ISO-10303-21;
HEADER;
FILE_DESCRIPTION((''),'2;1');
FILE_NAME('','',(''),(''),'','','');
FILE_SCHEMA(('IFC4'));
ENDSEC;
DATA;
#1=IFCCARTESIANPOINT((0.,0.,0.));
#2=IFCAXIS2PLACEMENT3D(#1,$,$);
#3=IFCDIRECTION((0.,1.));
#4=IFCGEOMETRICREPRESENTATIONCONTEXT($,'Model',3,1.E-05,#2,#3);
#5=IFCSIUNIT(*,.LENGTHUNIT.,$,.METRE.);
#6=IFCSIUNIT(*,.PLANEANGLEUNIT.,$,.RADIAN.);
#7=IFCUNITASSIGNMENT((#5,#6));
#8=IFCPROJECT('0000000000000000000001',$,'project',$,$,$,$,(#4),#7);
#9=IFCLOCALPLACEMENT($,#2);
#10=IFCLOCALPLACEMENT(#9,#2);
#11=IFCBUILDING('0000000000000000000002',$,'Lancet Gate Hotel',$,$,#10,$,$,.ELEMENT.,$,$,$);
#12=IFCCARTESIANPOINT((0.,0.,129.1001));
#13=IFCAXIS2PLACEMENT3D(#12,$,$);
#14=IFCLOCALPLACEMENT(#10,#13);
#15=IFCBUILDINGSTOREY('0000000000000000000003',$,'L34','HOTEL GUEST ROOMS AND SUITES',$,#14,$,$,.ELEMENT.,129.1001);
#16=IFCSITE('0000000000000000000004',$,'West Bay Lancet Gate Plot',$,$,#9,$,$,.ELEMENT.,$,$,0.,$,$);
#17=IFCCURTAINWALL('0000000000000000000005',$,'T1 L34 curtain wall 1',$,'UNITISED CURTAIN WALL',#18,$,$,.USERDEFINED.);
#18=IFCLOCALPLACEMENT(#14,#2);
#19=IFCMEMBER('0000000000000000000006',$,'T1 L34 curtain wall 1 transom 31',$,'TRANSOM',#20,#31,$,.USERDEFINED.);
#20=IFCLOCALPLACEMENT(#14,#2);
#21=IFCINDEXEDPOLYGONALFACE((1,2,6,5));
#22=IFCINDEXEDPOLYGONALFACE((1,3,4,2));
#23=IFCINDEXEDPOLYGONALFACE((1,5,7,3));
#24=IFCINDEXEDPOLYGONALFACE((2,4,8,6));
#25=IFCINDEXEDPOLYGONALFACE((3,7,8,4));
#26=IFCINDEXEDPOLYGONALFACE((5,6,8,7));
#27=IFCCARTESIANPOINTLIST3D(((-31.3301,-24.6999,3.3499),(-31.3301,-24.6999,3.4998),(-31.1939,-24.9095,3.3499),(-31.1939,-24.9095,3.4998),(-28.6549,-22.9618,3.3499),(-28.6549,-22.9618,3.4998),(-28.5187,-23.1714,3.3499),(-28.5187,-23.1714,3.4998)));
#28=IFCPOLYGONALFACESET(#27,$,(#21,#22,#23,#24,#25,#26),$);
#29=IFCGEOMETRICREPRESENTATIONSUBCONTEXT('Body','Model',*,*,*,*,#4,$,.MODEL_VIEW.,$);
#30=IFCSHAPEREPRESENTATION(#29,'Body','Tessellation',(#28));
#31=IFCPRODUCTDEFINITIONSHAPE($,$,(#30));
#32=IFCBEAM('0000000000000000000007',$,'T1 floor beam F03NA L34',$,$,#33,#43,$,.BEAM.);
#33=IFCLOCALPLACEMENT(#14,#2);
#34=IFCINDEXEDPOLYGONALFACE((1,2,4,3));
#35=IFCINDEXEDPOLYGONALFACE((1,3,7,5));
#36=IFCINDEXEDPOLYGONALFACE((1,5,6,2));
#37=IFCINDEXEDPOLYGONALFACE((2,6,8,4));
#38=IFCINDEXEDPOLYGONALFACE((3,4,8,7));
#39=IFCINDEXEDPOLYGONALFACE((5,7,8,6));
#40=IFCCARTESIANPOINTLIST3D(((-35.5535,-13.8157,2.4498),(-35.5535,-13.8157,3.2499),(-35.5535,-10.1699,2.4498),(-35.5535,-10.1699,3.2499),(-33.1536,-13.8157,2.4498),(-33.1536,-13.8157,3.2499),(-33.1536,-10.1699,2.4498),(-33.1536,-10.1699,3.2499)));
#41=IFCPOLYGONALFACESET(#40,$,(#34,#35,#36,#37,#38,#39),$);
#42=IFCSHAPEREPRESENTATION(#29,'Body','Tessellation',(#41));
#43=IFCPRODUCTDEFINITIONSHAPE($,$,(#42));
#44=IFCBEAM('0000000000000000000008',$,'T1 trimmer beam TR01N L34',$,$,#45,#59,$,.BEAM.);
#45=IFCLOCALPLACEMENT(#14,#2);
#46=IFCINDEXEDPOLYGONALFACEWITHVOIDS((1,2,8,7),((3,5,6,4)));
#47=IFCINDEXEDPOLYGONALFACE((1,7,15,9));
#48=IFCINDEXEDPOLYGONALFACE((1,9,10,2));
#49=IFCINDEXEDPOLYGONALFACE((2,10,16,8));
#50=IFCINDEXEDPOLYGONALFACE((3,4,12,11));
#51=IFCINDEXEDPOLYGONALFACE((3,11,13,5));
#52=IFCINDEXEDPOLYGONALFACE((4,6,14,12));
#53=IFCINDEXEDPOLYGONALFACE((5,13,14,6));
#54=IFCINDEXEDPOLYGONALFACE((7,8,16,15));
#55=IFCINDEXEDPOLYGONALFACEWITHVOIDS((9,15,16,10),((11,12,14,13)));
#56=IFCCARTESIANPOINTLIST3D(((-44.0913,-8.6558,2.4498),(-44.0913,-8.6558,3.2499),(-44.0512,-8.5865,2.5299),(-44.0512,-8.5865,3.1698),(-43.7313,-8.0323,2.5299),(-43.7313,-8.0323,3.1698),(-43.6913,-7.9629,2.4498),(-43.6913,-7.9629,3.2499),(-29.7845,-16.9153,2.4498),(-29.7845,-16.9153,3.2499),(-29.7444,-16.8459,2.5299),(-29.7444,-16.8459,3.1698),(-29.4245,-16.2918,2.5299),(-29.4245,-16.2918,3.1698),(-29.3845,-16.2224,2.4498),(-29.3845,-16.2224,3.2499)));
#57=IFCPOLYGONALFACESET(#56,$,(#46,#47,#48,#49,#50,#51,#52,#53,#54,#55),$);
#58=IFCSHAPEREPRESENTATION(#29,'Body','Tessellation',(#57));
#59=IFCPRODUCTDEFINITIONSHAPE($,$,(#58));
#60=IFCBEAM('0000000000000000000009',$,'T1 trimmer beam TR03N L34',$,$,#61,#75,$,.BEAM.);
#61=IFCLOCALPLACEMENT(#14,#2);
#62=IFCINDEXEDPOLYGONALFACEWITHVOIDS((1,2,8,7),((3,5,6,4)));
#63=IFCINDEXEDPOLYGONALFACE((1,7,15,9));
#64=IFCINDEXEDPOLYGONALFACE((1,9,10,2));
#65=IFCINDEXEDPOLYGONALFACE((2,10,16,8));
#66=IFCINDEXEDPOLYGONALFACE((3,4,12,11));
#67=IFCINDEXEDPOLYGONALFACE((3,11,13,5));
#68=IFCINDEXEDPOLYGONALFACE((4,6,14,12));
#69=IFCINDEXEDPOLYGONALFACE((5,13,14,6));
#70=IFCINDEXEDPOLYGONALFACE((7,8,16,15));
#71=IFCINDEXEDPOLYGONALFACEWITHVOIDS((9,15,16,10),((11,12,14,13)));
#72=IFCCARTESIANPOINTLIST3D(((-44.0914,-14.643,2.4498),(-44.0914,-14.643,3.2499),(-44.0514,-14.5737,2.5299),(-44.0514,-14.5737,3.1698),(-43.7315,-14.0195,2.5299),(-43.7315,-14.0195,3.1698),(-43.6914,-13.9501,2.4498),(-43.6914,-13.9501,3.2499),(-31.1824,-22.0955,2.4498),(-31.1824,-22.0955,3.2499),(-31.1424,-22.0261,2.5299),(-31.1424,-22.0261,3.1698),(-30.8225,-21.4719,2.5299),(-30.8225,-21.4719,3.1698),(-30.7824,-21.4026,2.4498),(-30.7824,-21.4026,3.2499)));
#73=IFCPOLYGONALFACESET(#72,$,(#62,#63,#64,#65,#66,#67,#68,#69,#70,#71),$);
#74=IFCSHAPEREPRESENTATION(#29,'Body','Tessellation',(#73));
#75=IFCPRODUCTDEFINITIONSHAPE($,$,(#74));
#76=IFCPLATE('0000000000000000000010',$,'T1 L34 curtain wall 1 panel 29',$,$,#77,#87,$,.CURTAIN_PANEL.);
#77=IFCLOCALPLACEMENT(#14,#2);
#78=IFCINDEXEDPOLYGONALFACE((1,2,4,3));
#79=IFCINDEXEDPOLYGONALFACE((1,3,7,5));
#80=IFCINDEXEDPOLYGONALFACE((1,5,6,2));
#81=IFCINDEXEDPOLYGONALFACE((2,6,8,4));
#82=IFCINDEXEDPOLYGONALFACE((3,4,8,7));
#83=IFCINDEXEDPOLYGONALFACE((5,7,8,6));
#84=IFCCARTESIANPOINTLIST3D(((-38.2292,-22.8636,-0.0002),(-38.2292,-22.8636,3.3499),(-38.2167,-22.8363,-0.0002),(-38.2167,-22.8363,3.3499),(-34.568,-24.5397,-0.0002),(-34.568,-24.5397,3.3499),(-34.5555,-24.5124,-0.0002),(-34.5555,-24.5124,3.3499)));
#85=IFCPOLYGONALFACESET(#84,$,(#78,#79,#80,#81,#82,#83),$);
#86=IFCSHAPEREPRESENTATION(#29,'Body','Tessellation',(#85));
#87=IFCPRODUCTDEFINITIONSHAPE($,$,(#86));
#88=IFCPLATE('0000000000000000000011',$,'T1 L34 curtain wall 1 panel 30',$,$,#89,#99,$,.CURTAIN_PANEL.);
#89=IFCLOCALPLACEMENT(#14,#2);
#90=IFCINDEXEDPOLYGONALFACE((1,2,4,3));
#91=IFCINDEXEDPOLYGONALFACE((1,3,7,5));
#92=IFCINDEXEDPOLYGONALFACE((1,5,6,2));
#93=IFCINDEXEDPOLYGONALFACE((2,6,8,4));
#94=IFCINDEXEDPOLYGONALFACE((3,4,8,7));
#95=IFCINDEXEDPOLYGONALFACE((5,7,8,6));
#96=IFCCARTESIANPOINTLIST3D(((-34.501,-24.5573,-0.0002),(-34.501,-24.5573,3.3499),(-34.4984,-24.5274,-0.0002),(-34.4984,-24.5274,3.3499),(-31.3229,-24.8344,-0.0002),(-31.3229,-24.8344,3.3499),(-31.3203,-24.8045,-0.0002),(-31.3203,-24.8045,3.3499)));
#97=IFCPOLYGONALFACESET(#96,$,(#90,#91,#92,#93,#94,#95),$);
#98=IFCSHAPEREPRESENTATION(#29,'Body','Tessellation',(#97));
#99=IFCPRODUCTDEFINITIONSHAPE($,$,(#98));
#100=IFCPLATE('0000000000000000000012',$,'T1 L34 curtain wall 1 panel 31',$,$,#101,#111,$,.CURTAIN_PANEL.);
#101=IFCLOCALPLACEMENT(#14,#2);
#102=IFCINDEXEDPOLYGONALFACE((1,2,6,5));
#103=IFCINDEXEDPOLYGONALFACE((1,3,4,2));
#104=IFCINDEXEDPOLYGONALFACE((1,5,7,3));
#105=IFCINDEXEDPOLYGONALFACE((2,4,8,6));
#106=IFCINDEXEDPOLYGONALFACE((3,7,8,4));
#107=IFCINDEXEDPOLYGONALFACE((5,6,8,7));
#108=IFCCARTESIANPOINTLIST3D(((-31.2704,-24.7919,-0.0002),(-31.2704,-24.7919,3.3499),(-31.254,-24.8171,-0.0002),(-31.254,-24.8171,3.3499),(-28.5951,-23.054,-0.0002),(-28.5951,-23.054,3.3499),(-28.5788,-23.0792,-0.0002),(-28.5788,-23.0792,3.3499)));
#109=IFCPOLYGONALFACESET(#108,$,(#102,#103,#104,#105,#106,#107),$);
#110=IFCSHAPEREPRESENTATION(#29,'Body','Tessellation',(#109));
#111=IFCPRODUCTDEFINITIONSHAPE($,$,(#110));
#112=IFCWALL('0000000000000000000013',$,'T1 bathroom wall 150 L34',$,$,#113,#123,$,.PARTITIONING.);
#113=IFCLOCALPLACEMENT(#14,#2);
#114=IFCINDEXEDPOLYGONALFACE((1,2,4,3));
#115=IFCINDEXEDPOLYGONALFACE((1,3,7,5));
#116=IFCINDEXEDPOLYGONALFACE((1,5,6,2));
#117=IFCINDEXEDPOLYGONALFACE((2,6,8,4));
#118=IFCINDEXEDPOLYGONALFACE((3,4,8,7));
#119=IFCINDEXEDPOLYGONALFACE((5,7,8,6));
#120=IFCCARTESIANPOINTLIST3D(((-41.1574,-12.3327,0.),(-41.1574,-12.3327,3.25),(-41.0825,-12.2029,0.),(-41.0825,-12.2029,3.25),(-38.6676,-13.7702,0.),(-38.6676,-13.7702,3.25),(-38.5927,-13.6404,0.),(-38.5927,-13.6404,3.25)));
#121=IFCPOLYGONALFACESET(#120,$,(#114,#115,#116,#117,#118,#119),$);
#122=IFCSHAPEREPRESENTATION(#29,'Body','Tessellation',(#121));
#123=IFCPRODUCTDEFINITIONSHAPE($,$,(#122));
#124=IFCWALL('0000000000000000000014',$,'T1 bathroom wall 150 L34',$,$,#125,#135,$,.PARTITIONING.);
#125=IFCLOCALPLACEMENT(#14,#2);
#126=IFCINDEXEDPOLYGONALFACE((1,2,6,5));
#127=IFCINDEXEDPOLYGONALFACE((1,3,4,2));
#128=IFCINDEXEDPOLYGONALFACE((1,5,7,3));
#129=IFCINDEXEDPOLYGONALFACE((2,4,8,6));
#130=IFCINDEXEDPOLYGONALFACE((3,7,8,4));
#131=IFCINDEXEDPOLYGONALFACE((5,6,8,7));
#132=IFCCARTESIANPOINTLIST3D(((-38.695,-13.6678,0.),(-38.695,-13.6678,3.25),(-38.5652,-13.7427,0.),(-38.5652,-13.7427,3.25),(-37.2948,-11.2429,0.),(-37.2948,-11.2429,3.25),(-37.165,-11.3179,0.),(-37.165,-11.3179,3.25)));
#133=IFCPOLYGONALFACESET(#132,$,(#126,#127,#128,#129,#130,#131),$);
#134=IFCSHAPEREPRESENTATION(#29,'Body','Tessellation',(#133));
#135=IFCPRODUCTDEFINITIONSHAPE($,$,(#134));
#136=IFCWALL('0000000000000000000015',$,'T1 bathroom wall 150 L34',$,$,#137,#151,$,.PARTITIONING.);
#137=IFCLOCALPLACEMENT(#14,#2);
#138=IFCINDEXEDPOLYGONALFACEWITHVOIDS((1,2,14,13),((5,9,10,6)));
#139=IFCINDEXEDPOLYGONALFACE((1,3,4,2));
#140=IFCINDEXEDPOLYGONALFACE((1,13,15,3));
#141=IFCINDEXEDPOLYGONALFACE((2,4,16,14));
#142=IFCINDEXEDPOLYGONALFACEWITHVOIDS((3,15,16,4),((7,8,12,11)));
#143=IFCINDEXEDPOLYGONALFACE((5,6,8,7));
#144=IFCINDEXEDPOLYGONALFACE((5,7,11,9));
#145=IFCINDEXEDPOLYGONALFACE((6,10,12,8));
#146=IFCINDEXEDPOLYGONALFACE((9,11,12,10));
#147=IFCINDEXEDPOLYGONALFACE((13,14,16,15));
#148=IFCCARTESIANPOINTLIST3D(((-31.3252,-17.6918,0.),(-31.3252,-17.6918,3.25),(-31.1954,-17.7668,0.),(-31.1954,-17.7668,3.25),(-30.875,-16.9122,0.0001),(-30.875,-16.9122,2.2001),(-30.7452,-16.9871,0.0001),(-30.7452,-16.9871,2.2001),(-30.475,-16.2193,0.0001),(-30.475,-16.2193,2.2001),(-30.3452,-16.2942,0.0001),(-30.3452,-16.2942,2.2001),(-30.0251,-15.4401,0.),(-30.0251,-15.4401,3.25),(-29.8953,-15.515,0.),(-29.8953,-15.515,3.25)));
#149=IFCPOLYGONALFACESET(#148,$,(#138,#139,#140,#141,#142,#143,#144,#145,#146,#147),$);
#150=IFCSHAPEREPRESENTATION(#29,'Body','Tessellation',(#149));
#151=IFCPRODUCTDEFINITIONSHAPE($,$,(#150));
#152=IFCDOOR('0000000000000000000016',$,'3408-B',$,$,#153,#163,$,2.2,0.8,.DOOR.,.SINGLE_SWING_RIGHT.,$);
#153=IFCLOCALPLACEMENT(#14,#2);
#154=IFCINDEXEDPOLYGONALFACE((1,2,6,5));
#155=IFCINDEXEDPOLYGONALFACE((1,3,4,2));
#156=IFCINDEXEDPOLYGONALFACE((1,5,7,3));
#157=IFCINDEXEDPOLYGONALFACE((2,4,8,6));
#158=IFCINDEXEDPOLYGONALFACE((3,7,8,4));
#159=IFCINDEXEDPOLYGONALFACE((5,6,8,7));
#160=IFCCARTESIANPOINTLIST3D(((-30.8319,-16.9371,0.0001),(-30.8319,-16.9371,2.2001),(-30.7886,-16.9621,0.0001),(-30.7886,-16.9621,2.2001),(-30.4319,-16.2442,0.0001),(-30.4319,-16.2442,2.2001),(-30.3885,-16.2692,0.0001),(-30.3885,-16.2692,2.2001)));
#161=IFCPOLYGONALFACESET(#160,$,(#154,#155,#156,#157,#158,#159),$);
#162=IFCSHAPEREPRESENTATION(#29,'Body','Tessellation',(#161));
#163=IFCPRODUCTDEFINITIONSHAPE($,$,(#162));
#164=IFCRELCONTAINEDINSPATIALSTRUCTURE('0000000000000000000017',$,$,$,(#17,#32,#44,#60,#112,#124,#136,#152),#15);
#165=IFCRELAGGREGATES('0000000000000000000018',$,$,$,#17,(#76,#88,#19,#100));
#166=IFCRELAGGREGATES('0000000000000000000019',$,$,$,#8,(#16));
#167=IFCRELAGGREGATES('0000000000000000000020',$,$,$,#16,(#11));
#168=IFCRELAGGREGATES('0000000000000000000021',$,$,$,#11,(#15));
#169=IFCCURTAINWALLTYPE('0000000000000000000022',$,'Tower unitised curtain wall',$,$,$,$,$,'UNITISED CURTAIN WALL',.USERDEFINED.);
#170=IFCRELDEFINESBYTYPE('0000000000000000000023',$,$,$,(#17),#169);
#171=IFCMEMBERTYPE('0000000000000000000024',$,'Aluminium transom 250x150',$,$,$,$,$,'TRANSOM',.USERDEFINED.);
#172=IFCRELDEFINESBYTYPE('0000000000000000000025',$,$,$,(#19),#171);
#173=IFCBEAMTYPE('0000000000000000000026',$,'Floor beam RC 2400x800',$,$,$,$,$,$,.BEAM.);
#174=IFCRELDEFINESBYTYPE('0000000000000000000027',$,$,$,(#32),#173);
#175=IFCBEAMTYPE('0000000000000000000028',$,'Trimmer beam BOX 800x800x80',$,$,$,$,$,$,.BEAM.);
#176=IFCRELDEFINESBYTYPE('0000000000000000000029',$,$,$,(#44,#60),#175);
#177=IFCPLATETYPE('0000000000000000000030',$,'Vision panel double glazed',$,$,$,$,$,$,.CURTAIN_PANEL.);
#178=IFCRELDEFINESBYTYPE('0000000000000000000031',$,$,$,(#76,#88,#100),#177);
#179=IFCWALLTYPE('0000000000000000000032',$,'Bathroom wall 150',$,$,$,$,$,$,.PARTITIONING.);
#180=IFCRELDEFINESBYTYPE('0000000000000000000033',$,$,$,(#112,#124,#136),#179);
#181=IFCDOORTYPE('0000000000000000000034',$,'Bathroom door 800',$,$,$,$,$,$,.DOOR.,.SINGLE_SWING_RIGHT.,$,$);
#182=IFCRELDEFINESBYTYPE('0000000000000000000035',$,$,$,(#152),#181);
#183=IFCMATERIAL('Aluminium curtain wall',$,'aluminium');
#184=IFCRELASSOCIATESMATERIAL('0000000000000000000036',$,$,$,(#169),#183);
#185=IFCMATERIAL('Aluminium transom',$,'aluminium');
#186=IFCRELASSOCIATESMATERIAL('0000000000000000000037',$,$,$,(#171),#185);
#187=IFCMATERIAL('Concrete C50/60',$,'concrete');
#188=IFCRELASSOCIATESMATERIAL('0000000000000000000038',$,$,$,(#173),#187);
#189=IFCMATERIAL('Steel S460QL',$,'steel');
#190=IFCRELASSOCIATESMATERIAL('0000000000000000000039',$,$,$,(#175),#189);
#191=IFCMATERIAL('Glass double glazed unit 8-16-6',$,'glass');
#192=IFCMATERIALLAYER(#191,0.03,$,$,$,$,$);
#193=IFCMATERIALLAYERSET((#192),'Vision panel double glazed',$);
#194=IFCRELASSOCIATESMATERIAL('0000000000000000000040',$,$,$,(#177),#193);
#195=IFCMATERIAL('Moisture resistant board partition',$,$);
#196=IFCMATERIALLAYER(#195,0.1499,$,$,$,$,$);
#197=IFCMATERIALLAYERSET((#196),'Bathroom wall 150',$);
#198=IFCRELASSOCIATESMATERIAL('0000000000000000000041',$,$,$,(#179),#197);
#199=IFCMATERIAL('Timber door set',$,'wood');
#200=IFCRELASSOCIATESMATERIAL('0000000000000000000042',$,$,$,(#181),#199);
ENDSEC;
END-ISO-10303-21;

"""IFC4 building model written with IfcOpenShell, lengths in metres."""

from ifc_helpers import new_model, si_unit, direction, frame, frame_2d, origin, origin_2d, place, context, subcontext, project, spatial, rectangle, hollow_rectangle, extrude, material, layer, layer_set, material_profile, profile_set, type_object, element, fill, aggregate, save


model = new_model("IFC4")

# Units and contexts
model_context = context("Model", 3, precision=1e-05, world=origin(), true_north=direction((0.0, 1.0)))
body_context = subcontext(model_context, "Body", "Model", "MODEL_VIEW")
ifc_project = project(units=[si_unit("LENGTHUNIT", "METRE"), si_unit("PLANEANGLEUNIT", "RADIAN")], contexts=[model_context])

# Site, building, storey
site_placement = place(None, origin())
site = spatial("IfcSite", under=ifc_project, at=site_placement, Name="West Bay Lancet Gate Plot", CompositionType="ELEMENT", RefElevation=0.0)
building_placement = place(site_placement, origin())
building = spatial("IfcBuilding", under=site, at=building_placement, Name="Lancet Gate Hotel", CompositionType="ELEMENT")
storey_placement = place(building_placement, frame((0.0, 0.0, 129.1001)))
storey = spatial("IfcBuildingStorey", under=building, at=storey_placement, Name="L34", Description="HOTEL GUEST ROOMS AND SUITES", CompositionType="ELEMENT", Elevation=129.1001)

# Curtain wall, member
ifc_material_1 = material(Name="Aluminium curtain wall", Category="aluminium")
curtain_wall_type = type_object("IfcCurtainWallType", Name="Tower unitised curtain wall", ElementType="UNITISED CURTAIN WALL", PredefinedType="USERDEFINED", material=ifc_material_1)
curtain_wall_placement = place(storey_placement, origin())
curtain_wall = element("IfcCurtainWall", 1, at=curtain_wall_placement, inside=storey, type_object=curtain_wall_type, Name="T1 L34 curtain wall 1", ObjectType="UNITISED CURTAIN WALL", PredefinedType="USERDEFINED")
ifc_material_2 = material(Name="Aluminium transom", Category="aluminium")
ifc_material_profile_1 = material_profile(ifc_material_2, rectangle(XDim=0.25, YDim=0.1499, at=origin_2d()), Name="TRANSOM 250x150")
ifc_profile_set_1 = profile_set([ifc_material_profile_1], Name="Aluminium transom")
member_type_1 = type_object("IfcMemberType", Name="Aluminium transom 250x150", ElementType="TRANSOM", PredefinedType="USERDEFINED", material=ifc_profile_set_1)
member_1_placement = place(storey_placement, frame((-31.262, -24.8047, 3.4248), z_axis=(0.83855, 0.544824, 0.0), x_axis=(-0.544824, 0.83855, 0.0)))
member_1 = element("IfcMember", 2, at=member_1_placement, type_object=member_type_1, Name="T1 L34 curtain wall 1 transom 31", ObjectType="TRANSOM", PredefinedType="USERDEFINED", context=body_context, shape_type="SweptSolid", body=[
    extrude(rectangle(XDim=0.25, YDim=0.1499, at=origin_2d()), origin(), (0.0, 0.0, 1.0), 3.1902),
])

# Beams
ifc_material_3 = material(Name="Concrete C50/60", Category="concrete")
ifc_material_profile_2 = material_profile(ifc_material_3, rectangle(XDim=2.3999, YDim=0.8, at=origin_2d()), Name="RC 2400x800")
ifc_profile_set_2 = profile_set([ifc_material_profile_2], Name="Concrete C50/60")
beam_type_1 = type_object("IfcBeamType", Name="Floor beam RC 2400x800", PredefinedType="BEAM", material=ifc_profile_set_2)
beam_1_placement = place(storey_placement, frame((-34.3535, -10.1699, 2.8499), z_axis=(0.0, -1.0, 0.0), x_axis=(1.0, 0.0, 0.0)))
element("IfcBeam", 3, at=beam_1_placement, inside=storey, type_object=beam_type_1, Name="T1 floor beam F03NA L34", PredefinedType="BEAM", context=body_context, shape_type="SweptSolid", body=[
    extrude(rectangle(XDim=2.3999, YDim=0.8, at=origin_2d()), origin(), (0.0, 0.0, 1.0), 3.6458),
])
ifc_material_4 = material(Name="Steel S460QL", Category="steel")
ifc_material_profile_3 = material_profile(ifc_material_4, hollow_rectangle(XDim=0.8, YDim=0.8, WallThickness=0.0801, at=origin_2d()), Name="BOX 800x800x80")
ifc_profile_set_3 = profile_set([ifc_material_profile_3], Name="Steel S460QL")
beam_type_2 = type_object("IfcBeamType", Name="Trimmer beam BOX 800x800x80", PredefinedType="BEAM", material=ifc_profile_set_3)
beam_2_placement = place(storey_placement, frame((-29.5845, -16.5688, 2.8499), z_axis=(-0.86604, 0.499974, 0.0), x_axis=(-0.499974, -0.86604, 0.0)))
element("IfcBeam", 4, at=beam_2_placement, inside=storey, type_object=beam_type_2, Name="T1 trimmer beam TR01N L34", PredefinedType="BEAM", context=body_context, shape_type="SweptSolid", body=[
    extrude(hollow_rectangle(XDim=0.8, YDim=0.8, WallThickness=0.0801, at=origin_2d()), origin(), (0.0, 0.0, 1.0), 16.5198),
])
beam_3_placement = place(storey_placement, frame((-30.9824, -21.749, 2.8499), z_axis=(-0.866042, 0.499971, 0.0), x_axis=(-0.499971, -0.866042, 0.0)))
element("IfcBeam", 5, at=beam_3_placement, inside=storey, type_object=beam_type_2, Name="T1 trimmer beam TR03N L34", PredefinedType="BEAM", context=body_context, shape_type="SweptSolid", body=[
    extrude(hollow_rectangle(XDim=0.8, YDim=0.8, WallThickness=0.0801, at=origin_2d()), origin(), (0.0, 0.0, 1.0), 14.9058),
])

# Plates
ifc_material_5 = material(Name="Glass double glazed unit 8-16-6", Category="glass")
ifc_layer_1 = layer(ifc_material_5, 0.03)
ifc_layer_set_1 = layer_set([ifc_layer_1], Name="Vision panel double glazed")
plate_type = type_object("IfcPlateType", Name="Vision panel double glazed", PredefinedType="CURTAIN_PANEL", material=ifc_layer_set_1)
plate_1_placement = place(storey_placement, frame((-36.3923, -23.688, -0.0002), z_axis=(0.0, 0.0, 1.0), x_axis=(0.909253, -0.416245, 0.0)))
plate_1 = element("IfcPlate", 6, at=plate_1_placement, type_object=plate_type, Name="T1 L34 curtain wall 1 panel 29", PredefinedType="CURTAIN_PANEL", context=body_context, shape_type="SweptSolid", body=[
    extrude(rectangle(XDim=4.0266, YDim=0.03, at=origin_2d()), origin(), (0.0, 0.0, 1.0), 3.3501),
])
plate_2_placement = place(storey_placement, frame((-32.9106, -24.6809, -0.0002), z_axis=(0.0, 0.0, 1.0), x_axis=(0.996219, -0.08688, 0.0)))
plate_2 = element("IfcPlate", 7, at=plate_2_placement, type_object=plate_type, Name="T1 L34 curtain wall 1 panel 30", PredefinedType="CURTAIN_PANEL", context=body_context, shape_type="SweptSolid", body=[
    extrude(rectangle(XDim=3.1902, YDim=0.03, at=origin_2d()), origin(), (0.0, 0.0, 1.0), 3.3501),
])
plate_3_placement = place(storey_placement, frame((-29.9246, -23.9355, -0.0002), z_axis=(0.0, 0.0, 1.0), x_axis=(0.83858, 0.544778, 0.0)))
plate_3 = element("IfcPlate", 8, at=plate_3_placement, type_object=plate_type, Name="T1 L34 curtain wall 1 panel 31", PredefinedType="CURTAIN_PANEL", context=body_context, shape_type="SweptSolid", body=[
    extrude(rectangle(XDim=3.1902, YDim=0.03, at=origin_2d()), origin(), (0.0, 0.0, 1.0), 3.3501),
])
aggregate(curtain_wall, [plate_1, plate_2, member_1, plate_3])

# Walls
ifc_material_6 = material(Name="Moisture resistant board partition")
ifc_layer_2 = layer(ifc_material_6, 0.1499)
ifc_layer_set_2 = layer_set([ifc_layer_2], Name="Bathroom wall 150")
wall_type_1 = type_object("IfcWallType", Name="Bathroom wall 150", PredefinedType="PARTITIONING", material=ifc_layer_set_2)
wall_1_placement = place(storey_placement, frame((-38.6301, -13.7053, 0.0), z_axis=(0.0, 0.0, 1.0), x_axis=(-0.866019, 0.500012, 0.0)))
element("IfcWall", 9, at=wall_1_placement, inside=storey, type_object=wall_type_1, Name="T1 bathroom wall 150 L34", PredefinedType="PARTITIONING", context=body_context, shape_type="SweptSolid", body=[
    extrude(rectangle(XDim=2.875, YDim=0.1499, at=frame_2d((1.4375, 0.0))), origin(), (0.0, 0.0, 1.0), 3.25),
])
wall_2_placement = place(storey_placement, frame((-37.23, -11.2805, 0.0), z_axis=(0.0, 0.0, 1.0), x_axis=(-0.50005, -0.865997, 0.0)))
element("IfcWall", 10, at=wall_2_placement, inside=storey, type_object=wall_type_1, Name="T1 bathroom wall 150 L34", PredefinedType="PARTITIONING", context=body_context, shape_type="SweptSolid", body=[
    extrude(rectangle(XDim=2.8, YDim=0.1499, at=frame_2d((1.3999, 0.0))), origin(), (0.0, 0.0, 1.0), 3.25),
])

# Wall, opening, door
wall_3_placement = place(storey_placement, frame((-29.9602, -15.4775, 0.0), z_axis=(0.0, 0.0, 1.0), x_axis=(-0.500007, -0.866021, 0.0)))
wall_3 = element("IfcWall", 11, at=wall_3_placement, inside=storey, type_object=wall_type_1, Name="T1 bathroom wall 150 L34", PredefinedType="PARTITIONING", context=body_context, shape_type="SweptSolid", body=[
    extrude(rectangle(XDim=2.6001, YDim=0.1499, at=frame_2d((1.3, 0.0))), origin(), (0.0, 0.0, 1.0), 3.25),
])
opening_1_placement = place(wall_3_placement, frame((0.8999, 0.0, 0.0)))
opening_1 = element("IfcOpeningElement", 12, at=opening_1_placement, cuts=wall_3, PredefinedType="OPENING", context=body_context, shape_type="SweptSolid", body=[
    extrude(rectangle(XDim=0.8, YDim=2.2, at=frame_2d((0.3999, 1.1001))), frame((0.0, 0.085, 0.0), z_axis=(0.0, -1.0, 0.0), x_axis=(1.0, 0.0, 0.0)), (0.0, 0.0, 1.0), 0.1699),
])
ifc_material_7 = material(Name="Timber door set", Category="wood")
door_type_1 = type_object("IfcDoorType", Name="Bathroom door 800", OperationType="SINGLE_SWING_RIGHT", PredefinedType="DOOR", material=ifc_material_7)
door_1_placement = place(opening_1_placement, origin())
door_1 = element("IfcDoor", 13, at=door_1_placement, inside=storey, type_object=door_type_1, Name="3408-B", OperationType="SINGLE_SWING_RIGHT", OverallHeight=2.2, OverallWidth=0.8, PredefinedType="DOOR", context=body_context, shape_type="SweptSolid", body=[
    extrude(rectangle(XDim=0.8, YDim=2.2, at=frame_2d((0.3999, 1.1001))), frame((0.0, 0.0249, 0.0), z_axis=(0.0, -1.0, 0.0), x_axis=(1.0, 0.0, 0.0)), (0.0, 0.0, 1.0), 0.05),
])
fill(opening_1, door_1)

save(model, "model.ifc")
